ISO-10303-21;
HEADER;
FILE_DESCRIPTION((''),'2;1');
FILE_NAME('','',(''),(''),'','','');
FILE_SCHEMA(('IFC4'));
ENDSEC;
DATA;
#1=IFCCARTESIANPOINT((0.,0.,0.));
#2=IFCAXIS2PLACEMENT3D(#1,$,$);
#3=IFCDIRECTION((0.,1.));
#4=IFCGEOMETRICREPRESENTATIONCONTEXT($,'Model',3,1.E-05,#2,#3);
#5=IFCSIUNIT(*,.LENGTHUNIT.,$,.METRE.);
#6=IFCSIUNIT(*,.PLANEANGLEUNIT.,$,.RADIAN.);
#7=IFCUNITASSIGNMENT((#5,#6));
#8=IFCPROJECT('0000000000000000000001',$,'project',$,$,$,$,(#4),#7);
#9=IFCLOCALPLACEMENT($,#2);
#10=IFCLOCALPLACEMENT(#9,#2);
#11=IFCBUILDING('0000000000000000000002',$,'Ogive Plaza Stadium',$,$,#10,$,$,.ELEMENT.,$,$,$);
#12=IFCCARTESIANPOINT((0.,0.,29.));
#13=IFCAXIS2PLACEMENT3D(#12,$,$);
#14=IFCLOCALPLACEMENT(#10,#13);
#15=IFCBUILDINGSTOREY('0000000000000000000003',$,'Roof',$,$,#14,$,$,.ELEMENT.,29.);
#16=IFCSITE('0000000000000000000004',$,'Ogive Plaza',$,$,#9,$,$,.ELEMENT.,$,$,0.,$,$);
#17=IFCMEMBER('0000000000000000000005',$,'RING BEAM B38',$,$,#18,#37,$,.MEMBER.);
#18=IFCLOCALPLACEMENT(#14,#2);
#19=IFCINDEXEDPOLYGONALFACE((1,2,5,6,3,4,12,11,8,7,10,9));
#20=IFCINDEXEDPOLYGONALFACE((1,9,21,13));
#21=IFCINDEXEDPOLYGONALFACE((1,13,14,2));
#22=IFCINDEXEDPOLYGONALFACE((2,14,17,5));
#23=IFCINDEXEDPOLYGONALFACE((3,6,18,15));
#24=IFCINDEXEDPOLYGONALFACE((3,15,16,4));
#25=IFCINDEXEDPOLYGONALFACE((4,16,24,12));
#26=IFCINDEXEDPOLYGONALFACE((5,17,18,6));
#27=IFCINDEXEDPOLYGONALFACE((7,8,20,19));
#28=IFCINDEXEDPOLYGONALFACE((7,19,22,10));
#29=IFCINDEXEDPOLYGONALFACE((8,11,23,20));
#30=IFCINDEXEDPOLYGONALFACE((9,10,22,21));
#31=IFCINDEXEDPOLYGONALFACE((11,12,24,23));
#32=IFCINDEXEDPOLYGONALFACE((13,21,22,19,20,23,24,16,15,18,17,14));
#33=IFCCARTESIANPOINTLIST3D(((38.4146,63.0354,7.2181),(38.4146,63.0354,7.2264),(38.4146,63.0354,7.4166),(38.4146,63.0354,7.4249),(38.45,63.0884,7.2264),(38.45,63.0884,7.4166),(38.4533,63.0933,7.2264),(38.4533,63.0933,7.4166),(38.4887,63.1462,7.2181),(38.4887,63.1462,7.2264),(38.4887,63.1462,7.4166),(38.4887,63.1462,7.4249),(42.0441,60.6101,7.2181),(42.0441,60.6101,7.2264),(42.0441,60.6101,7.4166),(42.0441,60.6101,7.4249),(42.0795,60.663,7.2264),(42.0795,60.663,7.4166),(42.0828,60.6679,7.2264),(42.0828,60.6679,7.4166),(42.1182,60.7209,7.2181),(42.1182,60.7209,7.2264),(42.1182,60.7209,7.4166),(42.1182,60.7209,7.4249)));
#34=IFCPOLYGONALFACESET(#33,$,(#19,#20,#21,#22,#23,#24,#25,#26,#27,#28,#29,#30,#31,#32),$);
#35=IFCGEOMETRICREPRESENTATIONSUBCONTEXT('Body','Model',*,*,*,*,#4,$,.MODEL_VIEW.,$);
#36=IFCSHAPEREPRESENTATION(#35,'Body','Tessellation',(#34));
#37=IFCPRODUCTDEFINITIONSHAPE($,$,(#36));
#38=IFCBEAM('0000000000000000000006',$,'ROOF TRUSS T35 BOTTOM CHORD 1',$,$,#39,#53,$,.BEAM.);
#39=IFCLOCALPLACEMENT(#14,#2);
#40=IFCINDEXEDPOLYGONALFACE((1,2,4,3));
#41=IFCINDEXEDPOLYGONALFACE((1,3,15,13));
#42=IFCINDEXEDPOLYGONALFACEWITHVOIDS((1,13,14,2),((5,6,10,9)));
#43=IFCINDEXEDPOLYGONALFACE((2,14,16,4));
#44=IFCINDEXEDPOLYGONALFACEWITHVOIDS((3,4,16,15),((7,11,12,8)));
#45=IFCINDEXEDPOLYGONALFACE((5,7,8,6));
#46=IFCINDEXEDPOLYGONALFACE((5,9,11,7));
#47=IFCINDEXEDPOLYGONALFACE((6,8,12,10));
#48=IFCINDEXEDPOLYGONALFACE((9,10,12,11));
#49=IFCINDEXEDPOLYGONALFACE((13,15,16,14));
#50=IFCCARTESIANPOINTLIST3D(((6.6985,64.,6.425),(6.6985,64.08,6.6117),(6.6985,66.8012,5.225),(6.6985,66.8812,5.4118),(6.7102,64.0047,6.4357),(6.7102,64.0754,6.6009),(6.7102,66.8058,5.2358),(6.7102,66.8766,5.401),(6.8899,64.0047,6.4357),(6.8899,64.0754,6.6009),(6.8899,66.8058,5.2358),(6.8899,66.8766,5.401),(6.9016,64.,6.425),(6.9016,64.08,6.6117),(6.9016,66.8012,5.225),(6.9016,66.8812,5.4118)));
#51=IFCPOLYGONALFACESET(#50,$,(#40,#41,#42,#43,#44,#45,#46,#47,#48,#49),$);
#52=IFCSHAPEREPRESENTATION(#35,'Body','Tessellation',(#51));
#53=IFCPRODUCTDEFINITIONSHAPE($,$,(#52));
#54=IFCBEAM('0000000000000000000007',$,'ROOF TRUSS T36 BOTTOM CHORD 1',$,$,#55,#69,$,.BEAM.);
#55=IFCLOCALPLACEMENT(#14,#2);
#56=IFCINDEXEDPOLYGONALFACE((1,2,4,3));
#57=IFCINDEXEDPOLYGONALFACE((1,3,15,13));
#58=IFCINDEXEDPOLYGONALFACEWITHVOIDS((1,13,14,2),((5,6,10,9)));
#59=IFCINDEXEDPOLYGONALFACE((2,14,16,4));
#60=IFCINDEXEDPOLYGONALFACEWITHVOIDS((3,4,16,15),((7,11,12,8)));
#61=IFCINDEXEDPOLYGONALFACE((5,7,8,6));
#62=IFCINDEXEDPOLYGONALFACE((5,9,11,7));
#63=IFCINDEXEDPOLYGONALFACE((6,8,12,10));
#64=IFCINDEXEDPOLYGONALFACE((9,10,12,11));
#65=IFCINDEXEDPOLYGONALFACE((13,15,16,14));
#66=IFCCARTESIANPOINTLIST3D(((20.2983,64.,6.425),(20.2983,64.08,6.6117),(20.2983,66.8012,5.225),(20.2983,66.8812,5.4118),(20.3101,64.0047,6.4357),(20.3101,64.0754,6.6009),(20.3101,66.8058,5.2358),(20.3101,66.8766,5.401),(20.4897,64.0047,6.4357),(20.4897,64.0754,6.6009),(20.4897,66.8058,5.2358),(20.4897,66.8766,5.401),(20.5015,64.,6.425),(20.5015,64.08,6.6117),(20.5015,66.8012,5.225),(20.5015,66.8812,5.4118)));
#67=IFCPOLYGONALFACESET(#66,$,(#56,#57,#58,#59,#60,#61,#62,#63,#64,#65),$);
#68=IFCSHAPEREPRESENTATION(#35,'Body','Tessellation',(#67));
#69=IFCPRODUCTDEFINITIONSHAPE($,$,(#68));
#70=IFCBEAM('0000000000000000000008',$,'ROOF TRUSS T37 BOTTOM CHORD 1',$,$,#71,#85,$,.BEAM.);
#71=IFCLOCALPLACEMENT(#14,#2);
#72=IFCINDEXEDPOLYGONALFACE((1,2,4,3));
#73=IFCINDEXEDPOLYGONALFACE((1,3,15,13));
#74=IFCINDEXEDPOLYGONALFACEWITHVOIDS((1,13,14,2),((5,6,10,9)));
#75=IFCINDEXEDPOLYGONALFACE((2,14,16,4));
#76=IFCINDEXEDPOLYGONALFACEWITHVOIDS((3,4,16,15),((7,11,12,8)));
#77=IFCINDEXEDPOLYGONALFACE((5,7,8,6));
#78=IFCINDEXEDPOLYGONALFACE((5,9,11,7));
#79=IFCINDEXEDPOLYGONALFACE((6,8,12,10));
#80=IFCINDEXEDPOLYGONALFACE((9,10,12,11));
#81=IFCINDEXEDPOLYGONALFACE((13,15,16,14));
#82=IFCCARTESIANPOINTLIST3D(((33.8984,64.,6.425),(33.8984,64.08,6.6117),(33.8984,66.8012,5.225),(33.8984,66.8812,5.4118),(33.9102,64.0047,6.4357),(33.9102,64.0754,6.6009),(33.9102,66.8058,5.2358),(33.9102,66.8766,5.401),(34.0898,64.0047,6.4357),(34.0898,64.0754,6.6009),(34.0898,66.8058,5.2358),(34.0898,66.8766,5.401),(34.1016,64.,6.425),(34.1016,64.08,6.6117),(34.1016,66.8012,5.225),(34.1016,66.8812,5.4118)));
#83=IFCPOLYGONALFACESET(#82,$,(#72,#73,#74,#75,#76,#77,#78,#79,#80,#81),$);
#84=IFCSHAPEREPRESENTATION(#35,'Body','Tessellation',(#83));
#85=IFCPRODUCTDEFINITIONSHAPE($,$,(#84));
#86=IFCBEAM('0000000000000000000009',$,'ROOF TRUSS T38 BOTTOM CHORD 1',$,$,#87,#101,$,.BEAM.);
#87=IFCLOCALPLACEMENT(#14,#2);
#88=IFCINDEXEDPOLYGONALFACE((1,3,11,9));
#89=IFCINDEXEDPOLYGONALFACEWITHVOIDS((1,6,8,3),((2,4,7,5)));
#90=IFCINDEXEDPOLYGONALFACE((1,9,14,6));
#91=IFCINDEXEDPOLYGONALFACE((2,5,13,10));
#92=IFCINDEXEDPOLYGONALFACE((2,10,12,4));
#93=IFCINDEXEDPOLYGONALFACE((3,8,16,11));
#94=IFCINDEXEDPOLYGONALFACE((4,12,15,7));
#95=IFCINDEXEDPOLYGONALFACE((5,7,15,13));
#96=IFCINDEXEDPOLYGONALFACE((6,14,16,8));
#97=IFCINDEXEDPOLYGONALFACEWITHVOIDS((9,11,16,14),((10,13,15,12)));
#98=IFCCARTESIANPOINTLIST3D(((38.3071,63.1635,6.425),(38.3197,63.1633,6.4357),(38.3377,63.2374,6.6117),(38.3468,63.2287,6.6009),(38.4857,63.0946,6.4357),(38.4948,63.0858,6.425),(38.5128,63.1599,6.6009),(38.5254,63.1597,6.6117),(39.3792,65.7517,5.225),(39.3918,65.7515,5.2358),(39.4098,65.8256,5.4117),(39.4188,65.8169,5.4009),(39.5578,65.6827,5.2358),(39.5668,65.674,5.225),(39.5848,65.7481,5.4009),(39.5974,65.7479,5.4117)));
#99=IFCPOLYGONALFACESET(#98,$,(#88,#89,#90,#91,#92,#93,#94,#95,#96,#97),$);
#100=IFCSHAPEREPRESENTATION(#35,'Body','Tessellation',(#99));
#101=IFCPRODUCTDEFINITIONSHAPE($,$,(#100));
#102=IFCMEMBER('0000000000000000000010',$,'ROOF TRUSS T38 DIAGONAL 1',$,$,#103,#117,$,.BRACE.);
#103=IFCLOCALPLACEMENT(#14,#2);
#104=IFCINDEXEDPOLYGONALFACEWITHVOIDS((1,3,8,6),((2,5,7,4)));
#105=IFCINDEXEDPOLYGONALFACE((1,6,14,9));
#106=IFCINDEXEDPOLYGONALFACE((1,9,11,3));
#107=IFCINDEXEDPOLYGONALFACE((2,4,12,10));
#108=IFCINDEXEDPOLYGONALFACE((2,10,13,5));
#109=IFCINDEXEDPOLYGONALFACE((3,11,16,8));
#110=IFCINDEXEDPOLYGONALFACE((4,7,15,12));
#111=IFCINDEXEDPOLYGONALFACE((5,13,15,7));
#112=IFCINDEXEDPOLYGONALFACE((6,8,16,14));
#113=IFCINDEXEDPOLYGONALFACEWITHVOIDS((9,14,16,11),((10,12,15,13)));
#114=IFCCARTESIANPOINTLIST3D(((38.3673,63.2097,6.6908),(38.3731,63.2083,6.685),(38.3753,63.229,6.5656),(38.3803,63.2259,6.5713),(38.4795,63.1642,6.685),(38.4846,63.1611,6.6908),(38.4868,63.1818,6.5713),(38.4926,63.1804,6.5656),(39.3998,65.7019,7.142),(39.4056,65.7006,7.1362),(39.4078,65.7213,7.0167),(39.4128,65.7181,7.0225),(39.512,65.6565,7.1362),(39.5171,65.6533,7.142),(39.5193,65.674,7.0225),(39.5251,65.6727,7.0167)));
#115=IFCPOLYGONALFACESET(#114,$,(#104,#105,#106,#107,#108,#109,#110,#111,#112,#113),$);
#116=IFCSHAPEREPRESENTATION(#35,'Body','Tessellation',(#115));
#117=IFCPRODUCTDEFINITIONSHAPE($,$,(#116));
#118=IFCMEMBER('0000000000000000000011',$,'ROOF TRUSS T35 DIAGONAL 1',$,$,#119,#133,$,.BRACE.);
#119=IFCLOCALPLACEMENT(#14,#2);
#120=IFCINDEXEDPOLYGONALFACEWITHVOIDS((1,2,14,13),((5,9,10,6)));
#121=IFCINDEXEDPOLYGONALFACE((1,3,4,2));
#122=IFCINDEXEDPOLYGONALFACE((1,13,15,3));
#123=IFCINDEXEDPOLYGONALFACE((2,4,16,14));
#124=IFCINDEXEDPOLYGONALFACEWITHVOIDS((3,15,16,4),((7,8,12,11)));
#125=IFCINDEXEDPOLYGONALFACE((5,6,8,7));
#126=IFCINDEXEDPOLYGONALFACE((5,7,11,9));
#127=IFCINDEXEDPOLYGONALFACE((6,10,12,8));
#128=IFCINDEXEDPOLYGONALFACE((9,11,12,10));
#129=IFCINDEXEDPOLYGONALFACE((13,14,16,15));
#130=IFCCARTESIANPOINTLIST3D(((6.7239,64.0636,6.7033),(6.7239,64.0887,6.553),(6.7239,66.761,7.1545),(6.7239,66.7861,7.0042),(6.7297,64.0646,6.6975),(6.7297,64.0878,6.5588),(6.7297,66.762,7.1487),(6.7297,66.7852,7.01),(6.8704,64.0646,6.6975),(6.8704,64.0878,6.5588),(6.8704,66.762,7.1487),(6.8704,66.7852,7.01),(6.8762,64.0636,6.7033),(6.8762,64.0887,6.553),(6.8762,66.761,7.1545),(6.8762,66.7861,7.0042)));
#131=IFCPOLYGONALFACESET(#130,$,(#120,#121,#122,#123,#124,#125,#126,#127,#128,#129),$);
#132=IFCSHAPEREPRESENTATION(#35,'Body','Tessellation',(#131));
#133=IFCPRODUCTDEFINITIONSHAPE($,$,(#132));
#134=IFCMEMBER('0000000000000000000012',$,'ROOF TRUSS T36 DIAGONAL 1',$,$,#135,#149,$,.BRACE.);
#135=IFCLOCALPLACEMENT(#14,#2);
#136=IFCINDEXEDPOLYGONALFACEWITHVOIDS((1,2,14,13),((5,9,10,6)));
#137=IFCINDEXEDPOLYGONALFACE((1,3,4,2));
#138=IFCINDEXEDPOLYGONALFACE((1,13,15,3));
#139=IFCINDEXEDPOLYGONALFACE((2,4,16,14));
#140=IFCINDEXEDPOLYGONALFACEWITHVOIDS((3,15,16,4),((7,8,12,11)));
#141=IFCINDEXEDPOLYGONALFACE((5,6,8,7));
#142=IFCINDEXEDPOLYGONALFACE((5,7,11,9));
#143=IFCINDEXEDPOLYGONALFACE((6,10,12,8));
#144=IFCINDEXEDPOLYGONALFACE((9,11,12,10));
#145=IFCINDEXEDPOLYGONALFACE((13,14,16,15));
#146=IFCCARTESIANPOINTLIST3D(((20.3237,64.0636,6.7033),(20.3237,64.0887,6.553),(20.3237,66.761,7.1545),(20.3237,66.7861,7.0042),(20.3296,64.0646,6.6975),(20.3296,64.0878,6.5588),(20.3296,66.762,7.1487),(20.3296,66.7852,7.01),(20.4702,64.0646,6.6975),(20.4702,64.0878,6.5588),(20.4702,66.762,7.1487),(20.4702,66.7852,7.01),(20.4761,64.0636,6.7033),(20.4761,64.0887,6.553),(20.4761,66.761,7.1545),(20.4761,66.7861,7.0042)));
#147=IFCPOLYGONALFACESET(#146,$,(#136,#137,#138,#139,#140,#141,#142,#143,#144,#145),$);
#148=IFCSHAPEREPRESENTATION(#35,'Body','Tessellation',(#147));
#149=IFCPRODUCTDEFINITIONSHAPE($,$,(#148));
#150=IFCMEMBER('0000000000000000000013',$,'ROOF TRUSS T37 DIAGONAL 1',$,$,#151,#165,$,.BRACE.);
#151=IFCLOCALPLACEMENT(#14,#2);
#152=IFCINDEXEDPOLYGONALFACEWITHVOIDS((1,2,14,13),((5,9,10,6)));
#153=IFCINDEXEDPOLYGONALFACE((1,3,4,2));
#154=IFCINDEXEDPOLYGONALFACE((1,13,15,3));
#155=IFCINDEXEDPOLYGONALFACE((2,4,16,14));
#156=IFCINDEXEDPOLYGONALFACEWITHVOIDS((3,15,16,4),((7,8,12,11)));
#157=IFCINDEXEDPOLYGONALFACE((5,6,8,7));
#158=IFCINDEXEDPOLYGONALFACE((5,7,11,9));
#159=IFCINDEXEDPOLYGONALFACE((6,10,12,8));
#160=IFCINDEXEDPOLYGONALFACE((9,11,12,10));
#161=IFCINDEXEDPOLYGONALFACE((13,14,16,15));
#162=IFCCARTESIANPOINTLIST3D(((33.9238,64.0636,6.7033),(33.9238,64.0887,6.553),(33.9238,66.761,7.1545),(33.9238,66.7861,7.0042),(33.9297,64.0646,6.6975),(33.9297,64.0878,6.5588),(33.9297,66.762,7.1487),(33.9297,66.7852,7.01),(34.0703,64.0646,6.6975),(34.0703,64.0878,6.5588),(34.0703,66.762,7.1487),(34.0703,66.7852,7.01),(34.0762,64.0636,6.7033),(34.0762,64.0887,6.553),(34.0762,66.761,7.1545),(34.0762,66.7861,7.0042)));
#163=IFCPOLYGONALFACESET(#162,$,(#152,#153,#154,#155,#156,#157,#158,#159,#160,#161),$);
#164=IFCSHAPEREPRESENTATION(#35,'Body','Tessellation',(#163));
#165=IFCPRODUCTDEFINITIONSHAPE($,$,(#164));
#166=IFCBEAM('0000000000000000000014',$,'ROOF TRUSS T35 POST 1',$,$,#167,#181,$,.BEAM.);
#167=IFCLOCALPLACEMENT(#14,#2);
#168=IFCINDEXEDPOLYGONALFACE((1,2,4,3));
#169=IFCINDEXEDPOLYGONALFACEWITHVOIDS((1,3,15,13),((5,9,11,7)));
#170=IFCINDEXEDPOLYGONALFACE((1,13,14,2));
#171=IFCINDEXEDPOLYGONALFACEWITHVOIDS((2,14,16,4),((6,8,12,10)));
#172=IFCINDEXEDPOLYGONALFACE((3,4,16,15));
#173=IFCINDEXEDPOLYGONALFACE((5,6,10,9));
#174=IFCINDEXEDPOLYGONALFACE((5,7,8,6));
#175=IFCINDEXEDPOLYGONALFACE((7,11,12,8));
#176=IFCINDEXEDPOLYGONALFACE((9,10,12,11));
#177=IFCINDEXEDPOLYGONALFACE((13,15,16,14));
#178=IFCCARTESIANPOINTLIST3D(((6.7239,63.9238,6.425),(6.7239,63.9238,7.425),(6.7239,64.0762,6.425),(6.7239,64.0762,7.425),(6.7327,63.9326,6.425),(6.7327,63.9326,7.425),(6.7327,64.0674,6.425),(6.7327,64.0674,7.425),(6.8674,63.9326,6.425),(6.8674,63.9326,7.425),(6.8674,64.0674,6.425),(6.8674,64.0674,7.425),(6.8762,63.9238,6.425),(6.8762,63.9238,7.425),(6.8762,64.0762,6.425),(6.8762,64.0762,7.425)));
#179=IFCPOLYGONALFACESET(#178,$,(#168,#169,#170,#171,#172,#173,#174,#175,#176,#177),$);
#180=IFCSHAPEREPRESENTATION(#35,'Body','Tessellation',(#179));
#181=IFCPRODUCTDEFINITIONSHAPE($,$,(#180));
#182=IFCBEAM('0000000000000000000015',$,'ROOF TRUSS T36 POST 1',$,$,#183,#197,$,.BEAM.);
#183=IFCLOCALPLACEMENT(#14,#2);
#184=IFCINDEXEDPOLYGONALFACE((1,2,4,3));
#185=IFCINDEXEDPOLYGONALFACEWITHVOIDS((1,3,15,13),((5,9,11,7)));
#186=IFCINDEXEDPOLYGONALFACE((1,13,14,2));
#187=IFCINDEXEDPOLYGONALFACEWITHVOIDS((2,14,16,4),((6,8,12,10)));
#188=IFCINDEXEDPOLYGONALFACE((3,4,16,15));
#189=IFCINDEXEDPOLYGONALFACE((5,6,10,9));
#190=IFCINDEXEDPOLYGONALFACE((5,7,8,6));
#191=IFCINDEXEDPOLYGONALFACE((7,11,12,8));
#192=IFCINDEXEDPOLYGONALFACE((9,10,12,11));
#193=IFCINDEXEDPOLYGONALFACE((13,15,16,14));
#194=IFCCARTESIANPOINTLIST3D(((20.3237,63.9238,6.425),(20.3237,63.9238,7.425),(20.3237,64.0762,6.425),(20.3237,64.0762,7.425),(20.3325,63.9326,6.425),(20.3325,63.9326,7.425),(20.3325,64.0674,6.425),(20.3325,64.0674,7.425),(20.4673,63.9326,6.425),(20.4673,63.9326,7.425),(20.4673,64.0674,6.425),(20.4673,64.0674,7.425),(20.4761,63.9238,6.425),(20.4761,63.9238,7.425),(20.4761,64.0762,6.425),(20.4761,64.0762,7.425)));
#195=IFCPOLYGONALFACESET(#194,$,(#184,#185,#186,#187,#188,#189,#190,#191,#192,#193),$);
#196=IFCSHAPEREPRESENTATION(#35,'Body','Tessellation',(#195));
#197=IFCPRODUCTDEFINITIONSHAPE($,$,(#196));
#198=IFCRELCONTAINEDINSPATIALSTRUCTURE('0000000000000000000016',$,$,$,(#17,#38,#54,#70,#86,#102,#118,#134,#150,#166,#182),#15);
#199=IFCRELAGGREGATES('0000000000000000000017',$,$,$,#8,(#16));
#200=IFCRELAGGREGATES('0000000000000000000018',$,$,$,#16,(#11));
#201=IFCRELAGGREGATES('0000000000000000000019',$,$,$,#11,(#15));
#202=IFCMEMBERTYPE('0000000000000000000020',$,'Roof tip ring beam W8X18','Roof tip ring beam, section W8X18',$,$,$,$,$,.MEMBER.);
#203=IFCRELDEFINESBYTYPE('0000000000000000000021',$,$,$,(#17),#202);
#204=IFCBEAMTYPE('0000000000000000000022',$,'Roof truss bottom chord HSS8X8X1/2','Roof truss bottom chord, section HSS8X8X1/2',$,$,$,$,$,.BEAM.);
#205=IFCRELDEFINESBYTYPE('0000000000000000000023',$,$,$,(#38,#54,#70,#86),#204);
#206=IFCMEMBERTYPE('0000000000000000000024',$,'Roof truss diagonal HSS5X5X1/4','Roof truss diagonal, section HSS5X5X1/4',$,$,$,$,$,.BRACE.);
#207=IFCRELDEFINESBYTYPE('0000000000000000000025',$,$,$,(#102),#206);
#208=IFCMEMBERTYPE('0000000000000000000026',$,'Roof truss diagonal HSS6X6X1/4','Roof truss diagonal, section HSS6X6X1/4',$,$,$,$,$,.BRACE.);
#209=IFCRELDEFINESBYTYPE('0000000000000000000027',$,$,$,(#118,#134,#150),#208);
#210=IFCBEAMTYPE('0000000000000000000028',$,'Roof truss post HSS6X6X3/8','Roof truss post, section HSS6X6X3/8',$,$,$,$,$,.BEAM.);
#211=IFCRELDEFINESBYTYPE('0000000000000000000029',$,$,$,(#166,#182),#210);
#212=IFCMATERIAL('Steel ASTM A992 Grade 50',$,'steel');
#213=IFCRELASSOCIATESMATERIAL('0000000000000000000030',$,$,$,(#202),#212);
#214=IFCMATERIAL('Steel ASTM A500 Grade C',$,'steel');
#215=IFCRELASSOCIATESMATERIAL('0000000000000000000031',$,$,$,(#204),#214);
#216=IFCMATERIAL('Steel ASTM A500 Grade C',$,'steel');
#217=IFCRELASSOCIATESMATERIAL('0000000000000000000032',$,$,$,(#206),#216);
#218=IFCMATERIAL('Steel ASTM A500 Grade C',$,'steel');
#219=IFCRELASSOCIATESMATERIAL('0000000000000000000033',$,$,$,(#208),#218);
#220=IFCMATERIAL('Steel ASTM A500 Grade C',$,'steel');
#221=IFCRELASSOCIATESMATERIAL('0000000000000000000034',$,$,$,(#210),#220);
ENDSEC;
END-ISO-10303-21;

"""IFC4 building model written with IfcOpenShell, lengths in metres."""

from ifc_helpers import new_model, si_unit, direction, frame, origin, origin_2d, place, context, subcontext, project, spatial, hollow_rectangle, i_section, extrude, material, material_profile, profile_set, type_object, element, save


model = new_model("IFC4")

# Units and contexts
model_context = context("Model", 3, precision=1e-05, world=origin(), true_north=direction((0.0, 1.0)))
body_context = subcontext(model_context, "Body", "Model", "MODEL_VIEW")
ifc_project = project(units=[si_unit("LENGTHUNIT", "METRE"), si_unit("PLANEANGLEUNIT", "RADIAN")], contexts=[model_context])

# Site, building, storey
site_placement = place(None, origin())
site = spatial("IfcSite", under=ifc_project, at=site_placement, Name="Ogive Plaza", CompositionType="ELEMENT", RefElevation=0.0)
building_placement = place(site_placement, origin())
building = spatial("IfcBuilding", under=site, at=building_placement, Name="Ogive Plaza Stadium", CompositionType="ELEMENT")
storey_placement = place(building_placement, frame((0.0, 0.0, 29.0)))
storey = spatial("IfcBuildingStorey", under=building, at=storey_placement, Name="Roof", CompositionType="ELEMENT", Elevation=29.0)

# Member
ifc_material_1 = material(Name="Steel ASTM A992 Grade 50", Category="steel")
ifc_material_profile_1 = material_profile(ifc_material_1, i_section(OverallWidth=0.1333, OverallDepth=0.2068, WebThickness=0.0059, FlangeThickness=0.0083, at=origin_2d()), Name="W8X18")
ifc_profile_set_1 = profile_set([ifc_material_profile_1], Name="Steel ASTM A992 Grade 50")
member_type_1 = type_object("IfcMemberType", Name="Roof tip ring beam W8X18", Description="Roof tip ring beam, section W8X18", PredefinedType="MEMBER", material=ifc_profile_set_1)
for number, where, z_axis, x_axis, name in (
    (1, (38.4517, 63.0908, 7.3215), (0.831447, -0.555603, 0.0), (0.555603, 0.831447, 0.0), "RING BEAM B38"),
):
    element("IfcMember", number, at=place(storey_placement, frame(where, z_axis=z_axis, x_axis=x_axis)), inside=storey, type_object=member_type_1, Name=name, PredefinedType="MEMBER", context=body_context, shape_type="SweptSolid", body=[
        extrude(i_section(OverallWidth=0.1333, OverallDepth=0.2068, WebThickness=0.0059, FlangeThickness=0.0083, at=origin_2d()), origin(), (0.0, 0.0, 1.0), 4.3652),
    ])

# Beams
ifc_material_2 = material(Name="Steel ASTM A500 Grade C", Category="steel")
ifc_material_profile_2 = material_profile(ifc_material_2, hollow_rectangle(XDim=0.2031, YDim=0.2031, WallThickness=0.0117, at=origin_2d()), Name="HSS8X8X1/2")
ifc_profile_set_2 = profile_set([ifc_material_profile_2], Name="Steel ASTM A500 Grade C")
beam_type_1 = type_object("IfcBeamType", Name="Roof truss bottom chord HSS8X8X1/2", Description="Roof truss bottom chord, section HSS8X8X1/2", PredefinedType="BEAM", material=ifc_profile_set_2)
for number, where, z_axis, x_axis, name in (
    (2, (6.8, 64.04, 6.5183), (0.0, 0.919215, -0.393755), (-1.0, 0.0, 0.0), "ROOF TRUSS T35 BOTTOM CHORD 1"),
    (3, (20.3999, 64.04, 6.5183), (0.0, 0.919215, -0.393755), (-1.0, 0.0, 0.0), "ROOF TRUSS T36 BOTTOM CHORD 1"),
    (4, (34.0, 64.04, 6.5183), (0.0, 0.919215, -0.393755), (-1.0, 0.0, 0.0), "ROOF TRUSS T37 BOTTOM CHORD 1"),
):
    element("IfcBeam", number, at=place(storey_placement, frame(where, z_axis=z_axis, x_axis=x_axis)), inside=storey, type_object=beam_type_1, Name=name, PredefinedType="BEAM", context=body_context, shape_type="SweptSolid", body=[
        extrude(hollow_rectangle(XDim=0.2031, YDim=0.2031, WallThickness=0.0117, at=origin_2d()), origin(), (0.0, 0.0, 1.0), 3.0474),
    ])
beam_1_placement = place(storey_placement, frame((38.4163, 63.1616, 6.5183), z_axis=(0.351765, 0.849251, -0.393743), x_axis=(-0.923882, 0.382678, 0.0)))
element("IfcBeam", 5, at=beam_1_placement, inside=storey, type_object=beam_type_1, Name="ROOF TRUSS T38 BOTTOM CHORD 1", PredefinedType="BEAM", context=body_context, shape_type="SweptSolid", body=[
    extrude(hollow_rectangle(XDim=0.2031, YDim=0.2031, WallThickness=0.0117, at=origin_2d()), origin(), (0.0, 0.0, 1.0), 3.0476),
])

# Members
ifc_material_3 = material(Name="Steel ASTM A500 Grade C", Category="steel")
ifc_material_profile_3 = material_profile(ifc_material_3, hollow_rectangle(XDim=0.127, YDim=0.127, WallThickness=0.0059, at=origin_2d()), Name="HSS5X5X1/4")
ifc_profile_set_3 = profile_set([ifc_material_profile_3], Name="Steel ASTM A500 Grade C")
member_type_2 = type_object("IfcMemberType", Name="Roof truss diagonal HSS5X5X1/4", Description="Roof truss diagonal, section HSS5X5X1/4", PredefinedType="BRACE", material=ifc_profile_set_3)
member_1_placement = place(storey_placement, frame((38.4299, 63.1951, 6.6282), z_axis=(0.377495, 0.9112, 0.164959), x_axis=(-0.923857, 0.382738, 0.0)))
element("IfcMember", 6, at=member_1_placement, inside=storey, type_object=member_type_2, Name="ROOF TRUSS T38 DIAGONAL 1", PredefinedType="BRACE", context=body_context, shape_type="SweptSolid", body=[
    extrude(hollow_rectangle(XDim=0.127, YDim=0.127, WallThickness=0.0059, at=origin_2d()), origin(), (0.0, 0.0, 1.0), 2.7351),
])
ifc_material_4 = material(Name="Steel ASTM A500 Grade C", Category="steel")
ifc_material_profile_4 = material_profile(ifc_material_4, hollow_rectangle(XDim=0.1523, YDim=0.1523, WallThickness=0.0059, at=origin_2d()), Name="HSS6X6X1/4")
ifc_profile_set_4 = profile_set([ifc_material_profile_4], Name="Steel ASTM A500 Grade C")
member_type_3 = type_object("IfcMemberType", Name="Roof truss diagonal HSS6X6X1/4", Description="Roof truss diagonal, section HSS6X6X1/4", PredefinedType="BRACE", material=ifc_profile_set_4)
for number, where, z_axis, x_axis, name in (
    (7, (6.8, 64.0762, 6.6282), (0.0, 0.9863, 0.164964), (-1.0, 0.0, 0.0), "ROOF TRUSS T35 DIAGONAL 1"),
    (8, (20.3999, 64.0762, 6.6282), (0.0, 0.9863, 0.164964), (-1.0, 0.0, 0.0), "ROOF TRUSS T36 DIAGONAL 1"),
    (9, (34.0, 64.0762, 6.6282), (0.0, 0.9863, 0.164964), (-1.0, 0.0, 0.0), "ROOF TRUSS T37 DIAGONAL 1"),
):
    element("IfcMember", number, at=place(storey_placement, frame(where, z_axis=z_axis, x_axis=x_axis)), inside=storey, type_object=member_type_3, Name=name, PredefinedType="BRACE", context=body_context, shape_type="SweptSolid", body=[
        extrude(hollow_rectangle(XDim=0.1523, YDim=0.1523, WallThickness=0.0059, at=origin_2d()), origin(), (0.0, 0.0, 1.0), 2.7349),
    ])

# Beams
ifc_material_5 = material(Name="Steel ASTM A500 Grade C", Category="steel")
ifc_material_profile_5 = material_profile(ifc_material_5, hollow_rectangle(XDim=0.1523, YDim=0.1523, WallThickness=0.0088, at=origin_2d()), Name="HSS6X6X3/8")
ifc_profile_set_5 = profile_set([ifc_material_profile_5], Name="Steel ASTM A500 Grade C")
beam_type_2 = type_object("IfcBeamType", Name="Roof truss post HSS6X6X3/8", Description="Roof truss post, section HSS6X6X3/8", PredefinedType="BEAM", material=ifc_profile_set_5)
for number, where, z_axis, x_axis, name in (
    (10, (6.8, 64.0, 6.425), (0.0, 0.0, 1.0), (-1.0, 0.0, 0.0), "ROOF TRUSS T35 POST 1"),
    (11, (20.3999, 64.0, 6.425), (0.0, 0.0, 1.0), (-1.0, 0.0, 0.0), "ROOF TRUSS T36 POST 1"),
):
    element("IfcBeam", number, at=place(storey_placement, frame(where, z_axis=z_axis, x_axis=x_axis)), inside=storey, type_object=beam_type_2, Name=name, PredefinedType="BEAM", context=body_context, shape_type="SweptSolid", body=[
        extrude(hollow_rectangle(XDim=0.1523, YDim=0.1523, WallThickness=0.0088, at=origin_2d()), origin(), (0.0, 0.0, 1.0), 1.0),
    ])

save(model, "model.ifc")
